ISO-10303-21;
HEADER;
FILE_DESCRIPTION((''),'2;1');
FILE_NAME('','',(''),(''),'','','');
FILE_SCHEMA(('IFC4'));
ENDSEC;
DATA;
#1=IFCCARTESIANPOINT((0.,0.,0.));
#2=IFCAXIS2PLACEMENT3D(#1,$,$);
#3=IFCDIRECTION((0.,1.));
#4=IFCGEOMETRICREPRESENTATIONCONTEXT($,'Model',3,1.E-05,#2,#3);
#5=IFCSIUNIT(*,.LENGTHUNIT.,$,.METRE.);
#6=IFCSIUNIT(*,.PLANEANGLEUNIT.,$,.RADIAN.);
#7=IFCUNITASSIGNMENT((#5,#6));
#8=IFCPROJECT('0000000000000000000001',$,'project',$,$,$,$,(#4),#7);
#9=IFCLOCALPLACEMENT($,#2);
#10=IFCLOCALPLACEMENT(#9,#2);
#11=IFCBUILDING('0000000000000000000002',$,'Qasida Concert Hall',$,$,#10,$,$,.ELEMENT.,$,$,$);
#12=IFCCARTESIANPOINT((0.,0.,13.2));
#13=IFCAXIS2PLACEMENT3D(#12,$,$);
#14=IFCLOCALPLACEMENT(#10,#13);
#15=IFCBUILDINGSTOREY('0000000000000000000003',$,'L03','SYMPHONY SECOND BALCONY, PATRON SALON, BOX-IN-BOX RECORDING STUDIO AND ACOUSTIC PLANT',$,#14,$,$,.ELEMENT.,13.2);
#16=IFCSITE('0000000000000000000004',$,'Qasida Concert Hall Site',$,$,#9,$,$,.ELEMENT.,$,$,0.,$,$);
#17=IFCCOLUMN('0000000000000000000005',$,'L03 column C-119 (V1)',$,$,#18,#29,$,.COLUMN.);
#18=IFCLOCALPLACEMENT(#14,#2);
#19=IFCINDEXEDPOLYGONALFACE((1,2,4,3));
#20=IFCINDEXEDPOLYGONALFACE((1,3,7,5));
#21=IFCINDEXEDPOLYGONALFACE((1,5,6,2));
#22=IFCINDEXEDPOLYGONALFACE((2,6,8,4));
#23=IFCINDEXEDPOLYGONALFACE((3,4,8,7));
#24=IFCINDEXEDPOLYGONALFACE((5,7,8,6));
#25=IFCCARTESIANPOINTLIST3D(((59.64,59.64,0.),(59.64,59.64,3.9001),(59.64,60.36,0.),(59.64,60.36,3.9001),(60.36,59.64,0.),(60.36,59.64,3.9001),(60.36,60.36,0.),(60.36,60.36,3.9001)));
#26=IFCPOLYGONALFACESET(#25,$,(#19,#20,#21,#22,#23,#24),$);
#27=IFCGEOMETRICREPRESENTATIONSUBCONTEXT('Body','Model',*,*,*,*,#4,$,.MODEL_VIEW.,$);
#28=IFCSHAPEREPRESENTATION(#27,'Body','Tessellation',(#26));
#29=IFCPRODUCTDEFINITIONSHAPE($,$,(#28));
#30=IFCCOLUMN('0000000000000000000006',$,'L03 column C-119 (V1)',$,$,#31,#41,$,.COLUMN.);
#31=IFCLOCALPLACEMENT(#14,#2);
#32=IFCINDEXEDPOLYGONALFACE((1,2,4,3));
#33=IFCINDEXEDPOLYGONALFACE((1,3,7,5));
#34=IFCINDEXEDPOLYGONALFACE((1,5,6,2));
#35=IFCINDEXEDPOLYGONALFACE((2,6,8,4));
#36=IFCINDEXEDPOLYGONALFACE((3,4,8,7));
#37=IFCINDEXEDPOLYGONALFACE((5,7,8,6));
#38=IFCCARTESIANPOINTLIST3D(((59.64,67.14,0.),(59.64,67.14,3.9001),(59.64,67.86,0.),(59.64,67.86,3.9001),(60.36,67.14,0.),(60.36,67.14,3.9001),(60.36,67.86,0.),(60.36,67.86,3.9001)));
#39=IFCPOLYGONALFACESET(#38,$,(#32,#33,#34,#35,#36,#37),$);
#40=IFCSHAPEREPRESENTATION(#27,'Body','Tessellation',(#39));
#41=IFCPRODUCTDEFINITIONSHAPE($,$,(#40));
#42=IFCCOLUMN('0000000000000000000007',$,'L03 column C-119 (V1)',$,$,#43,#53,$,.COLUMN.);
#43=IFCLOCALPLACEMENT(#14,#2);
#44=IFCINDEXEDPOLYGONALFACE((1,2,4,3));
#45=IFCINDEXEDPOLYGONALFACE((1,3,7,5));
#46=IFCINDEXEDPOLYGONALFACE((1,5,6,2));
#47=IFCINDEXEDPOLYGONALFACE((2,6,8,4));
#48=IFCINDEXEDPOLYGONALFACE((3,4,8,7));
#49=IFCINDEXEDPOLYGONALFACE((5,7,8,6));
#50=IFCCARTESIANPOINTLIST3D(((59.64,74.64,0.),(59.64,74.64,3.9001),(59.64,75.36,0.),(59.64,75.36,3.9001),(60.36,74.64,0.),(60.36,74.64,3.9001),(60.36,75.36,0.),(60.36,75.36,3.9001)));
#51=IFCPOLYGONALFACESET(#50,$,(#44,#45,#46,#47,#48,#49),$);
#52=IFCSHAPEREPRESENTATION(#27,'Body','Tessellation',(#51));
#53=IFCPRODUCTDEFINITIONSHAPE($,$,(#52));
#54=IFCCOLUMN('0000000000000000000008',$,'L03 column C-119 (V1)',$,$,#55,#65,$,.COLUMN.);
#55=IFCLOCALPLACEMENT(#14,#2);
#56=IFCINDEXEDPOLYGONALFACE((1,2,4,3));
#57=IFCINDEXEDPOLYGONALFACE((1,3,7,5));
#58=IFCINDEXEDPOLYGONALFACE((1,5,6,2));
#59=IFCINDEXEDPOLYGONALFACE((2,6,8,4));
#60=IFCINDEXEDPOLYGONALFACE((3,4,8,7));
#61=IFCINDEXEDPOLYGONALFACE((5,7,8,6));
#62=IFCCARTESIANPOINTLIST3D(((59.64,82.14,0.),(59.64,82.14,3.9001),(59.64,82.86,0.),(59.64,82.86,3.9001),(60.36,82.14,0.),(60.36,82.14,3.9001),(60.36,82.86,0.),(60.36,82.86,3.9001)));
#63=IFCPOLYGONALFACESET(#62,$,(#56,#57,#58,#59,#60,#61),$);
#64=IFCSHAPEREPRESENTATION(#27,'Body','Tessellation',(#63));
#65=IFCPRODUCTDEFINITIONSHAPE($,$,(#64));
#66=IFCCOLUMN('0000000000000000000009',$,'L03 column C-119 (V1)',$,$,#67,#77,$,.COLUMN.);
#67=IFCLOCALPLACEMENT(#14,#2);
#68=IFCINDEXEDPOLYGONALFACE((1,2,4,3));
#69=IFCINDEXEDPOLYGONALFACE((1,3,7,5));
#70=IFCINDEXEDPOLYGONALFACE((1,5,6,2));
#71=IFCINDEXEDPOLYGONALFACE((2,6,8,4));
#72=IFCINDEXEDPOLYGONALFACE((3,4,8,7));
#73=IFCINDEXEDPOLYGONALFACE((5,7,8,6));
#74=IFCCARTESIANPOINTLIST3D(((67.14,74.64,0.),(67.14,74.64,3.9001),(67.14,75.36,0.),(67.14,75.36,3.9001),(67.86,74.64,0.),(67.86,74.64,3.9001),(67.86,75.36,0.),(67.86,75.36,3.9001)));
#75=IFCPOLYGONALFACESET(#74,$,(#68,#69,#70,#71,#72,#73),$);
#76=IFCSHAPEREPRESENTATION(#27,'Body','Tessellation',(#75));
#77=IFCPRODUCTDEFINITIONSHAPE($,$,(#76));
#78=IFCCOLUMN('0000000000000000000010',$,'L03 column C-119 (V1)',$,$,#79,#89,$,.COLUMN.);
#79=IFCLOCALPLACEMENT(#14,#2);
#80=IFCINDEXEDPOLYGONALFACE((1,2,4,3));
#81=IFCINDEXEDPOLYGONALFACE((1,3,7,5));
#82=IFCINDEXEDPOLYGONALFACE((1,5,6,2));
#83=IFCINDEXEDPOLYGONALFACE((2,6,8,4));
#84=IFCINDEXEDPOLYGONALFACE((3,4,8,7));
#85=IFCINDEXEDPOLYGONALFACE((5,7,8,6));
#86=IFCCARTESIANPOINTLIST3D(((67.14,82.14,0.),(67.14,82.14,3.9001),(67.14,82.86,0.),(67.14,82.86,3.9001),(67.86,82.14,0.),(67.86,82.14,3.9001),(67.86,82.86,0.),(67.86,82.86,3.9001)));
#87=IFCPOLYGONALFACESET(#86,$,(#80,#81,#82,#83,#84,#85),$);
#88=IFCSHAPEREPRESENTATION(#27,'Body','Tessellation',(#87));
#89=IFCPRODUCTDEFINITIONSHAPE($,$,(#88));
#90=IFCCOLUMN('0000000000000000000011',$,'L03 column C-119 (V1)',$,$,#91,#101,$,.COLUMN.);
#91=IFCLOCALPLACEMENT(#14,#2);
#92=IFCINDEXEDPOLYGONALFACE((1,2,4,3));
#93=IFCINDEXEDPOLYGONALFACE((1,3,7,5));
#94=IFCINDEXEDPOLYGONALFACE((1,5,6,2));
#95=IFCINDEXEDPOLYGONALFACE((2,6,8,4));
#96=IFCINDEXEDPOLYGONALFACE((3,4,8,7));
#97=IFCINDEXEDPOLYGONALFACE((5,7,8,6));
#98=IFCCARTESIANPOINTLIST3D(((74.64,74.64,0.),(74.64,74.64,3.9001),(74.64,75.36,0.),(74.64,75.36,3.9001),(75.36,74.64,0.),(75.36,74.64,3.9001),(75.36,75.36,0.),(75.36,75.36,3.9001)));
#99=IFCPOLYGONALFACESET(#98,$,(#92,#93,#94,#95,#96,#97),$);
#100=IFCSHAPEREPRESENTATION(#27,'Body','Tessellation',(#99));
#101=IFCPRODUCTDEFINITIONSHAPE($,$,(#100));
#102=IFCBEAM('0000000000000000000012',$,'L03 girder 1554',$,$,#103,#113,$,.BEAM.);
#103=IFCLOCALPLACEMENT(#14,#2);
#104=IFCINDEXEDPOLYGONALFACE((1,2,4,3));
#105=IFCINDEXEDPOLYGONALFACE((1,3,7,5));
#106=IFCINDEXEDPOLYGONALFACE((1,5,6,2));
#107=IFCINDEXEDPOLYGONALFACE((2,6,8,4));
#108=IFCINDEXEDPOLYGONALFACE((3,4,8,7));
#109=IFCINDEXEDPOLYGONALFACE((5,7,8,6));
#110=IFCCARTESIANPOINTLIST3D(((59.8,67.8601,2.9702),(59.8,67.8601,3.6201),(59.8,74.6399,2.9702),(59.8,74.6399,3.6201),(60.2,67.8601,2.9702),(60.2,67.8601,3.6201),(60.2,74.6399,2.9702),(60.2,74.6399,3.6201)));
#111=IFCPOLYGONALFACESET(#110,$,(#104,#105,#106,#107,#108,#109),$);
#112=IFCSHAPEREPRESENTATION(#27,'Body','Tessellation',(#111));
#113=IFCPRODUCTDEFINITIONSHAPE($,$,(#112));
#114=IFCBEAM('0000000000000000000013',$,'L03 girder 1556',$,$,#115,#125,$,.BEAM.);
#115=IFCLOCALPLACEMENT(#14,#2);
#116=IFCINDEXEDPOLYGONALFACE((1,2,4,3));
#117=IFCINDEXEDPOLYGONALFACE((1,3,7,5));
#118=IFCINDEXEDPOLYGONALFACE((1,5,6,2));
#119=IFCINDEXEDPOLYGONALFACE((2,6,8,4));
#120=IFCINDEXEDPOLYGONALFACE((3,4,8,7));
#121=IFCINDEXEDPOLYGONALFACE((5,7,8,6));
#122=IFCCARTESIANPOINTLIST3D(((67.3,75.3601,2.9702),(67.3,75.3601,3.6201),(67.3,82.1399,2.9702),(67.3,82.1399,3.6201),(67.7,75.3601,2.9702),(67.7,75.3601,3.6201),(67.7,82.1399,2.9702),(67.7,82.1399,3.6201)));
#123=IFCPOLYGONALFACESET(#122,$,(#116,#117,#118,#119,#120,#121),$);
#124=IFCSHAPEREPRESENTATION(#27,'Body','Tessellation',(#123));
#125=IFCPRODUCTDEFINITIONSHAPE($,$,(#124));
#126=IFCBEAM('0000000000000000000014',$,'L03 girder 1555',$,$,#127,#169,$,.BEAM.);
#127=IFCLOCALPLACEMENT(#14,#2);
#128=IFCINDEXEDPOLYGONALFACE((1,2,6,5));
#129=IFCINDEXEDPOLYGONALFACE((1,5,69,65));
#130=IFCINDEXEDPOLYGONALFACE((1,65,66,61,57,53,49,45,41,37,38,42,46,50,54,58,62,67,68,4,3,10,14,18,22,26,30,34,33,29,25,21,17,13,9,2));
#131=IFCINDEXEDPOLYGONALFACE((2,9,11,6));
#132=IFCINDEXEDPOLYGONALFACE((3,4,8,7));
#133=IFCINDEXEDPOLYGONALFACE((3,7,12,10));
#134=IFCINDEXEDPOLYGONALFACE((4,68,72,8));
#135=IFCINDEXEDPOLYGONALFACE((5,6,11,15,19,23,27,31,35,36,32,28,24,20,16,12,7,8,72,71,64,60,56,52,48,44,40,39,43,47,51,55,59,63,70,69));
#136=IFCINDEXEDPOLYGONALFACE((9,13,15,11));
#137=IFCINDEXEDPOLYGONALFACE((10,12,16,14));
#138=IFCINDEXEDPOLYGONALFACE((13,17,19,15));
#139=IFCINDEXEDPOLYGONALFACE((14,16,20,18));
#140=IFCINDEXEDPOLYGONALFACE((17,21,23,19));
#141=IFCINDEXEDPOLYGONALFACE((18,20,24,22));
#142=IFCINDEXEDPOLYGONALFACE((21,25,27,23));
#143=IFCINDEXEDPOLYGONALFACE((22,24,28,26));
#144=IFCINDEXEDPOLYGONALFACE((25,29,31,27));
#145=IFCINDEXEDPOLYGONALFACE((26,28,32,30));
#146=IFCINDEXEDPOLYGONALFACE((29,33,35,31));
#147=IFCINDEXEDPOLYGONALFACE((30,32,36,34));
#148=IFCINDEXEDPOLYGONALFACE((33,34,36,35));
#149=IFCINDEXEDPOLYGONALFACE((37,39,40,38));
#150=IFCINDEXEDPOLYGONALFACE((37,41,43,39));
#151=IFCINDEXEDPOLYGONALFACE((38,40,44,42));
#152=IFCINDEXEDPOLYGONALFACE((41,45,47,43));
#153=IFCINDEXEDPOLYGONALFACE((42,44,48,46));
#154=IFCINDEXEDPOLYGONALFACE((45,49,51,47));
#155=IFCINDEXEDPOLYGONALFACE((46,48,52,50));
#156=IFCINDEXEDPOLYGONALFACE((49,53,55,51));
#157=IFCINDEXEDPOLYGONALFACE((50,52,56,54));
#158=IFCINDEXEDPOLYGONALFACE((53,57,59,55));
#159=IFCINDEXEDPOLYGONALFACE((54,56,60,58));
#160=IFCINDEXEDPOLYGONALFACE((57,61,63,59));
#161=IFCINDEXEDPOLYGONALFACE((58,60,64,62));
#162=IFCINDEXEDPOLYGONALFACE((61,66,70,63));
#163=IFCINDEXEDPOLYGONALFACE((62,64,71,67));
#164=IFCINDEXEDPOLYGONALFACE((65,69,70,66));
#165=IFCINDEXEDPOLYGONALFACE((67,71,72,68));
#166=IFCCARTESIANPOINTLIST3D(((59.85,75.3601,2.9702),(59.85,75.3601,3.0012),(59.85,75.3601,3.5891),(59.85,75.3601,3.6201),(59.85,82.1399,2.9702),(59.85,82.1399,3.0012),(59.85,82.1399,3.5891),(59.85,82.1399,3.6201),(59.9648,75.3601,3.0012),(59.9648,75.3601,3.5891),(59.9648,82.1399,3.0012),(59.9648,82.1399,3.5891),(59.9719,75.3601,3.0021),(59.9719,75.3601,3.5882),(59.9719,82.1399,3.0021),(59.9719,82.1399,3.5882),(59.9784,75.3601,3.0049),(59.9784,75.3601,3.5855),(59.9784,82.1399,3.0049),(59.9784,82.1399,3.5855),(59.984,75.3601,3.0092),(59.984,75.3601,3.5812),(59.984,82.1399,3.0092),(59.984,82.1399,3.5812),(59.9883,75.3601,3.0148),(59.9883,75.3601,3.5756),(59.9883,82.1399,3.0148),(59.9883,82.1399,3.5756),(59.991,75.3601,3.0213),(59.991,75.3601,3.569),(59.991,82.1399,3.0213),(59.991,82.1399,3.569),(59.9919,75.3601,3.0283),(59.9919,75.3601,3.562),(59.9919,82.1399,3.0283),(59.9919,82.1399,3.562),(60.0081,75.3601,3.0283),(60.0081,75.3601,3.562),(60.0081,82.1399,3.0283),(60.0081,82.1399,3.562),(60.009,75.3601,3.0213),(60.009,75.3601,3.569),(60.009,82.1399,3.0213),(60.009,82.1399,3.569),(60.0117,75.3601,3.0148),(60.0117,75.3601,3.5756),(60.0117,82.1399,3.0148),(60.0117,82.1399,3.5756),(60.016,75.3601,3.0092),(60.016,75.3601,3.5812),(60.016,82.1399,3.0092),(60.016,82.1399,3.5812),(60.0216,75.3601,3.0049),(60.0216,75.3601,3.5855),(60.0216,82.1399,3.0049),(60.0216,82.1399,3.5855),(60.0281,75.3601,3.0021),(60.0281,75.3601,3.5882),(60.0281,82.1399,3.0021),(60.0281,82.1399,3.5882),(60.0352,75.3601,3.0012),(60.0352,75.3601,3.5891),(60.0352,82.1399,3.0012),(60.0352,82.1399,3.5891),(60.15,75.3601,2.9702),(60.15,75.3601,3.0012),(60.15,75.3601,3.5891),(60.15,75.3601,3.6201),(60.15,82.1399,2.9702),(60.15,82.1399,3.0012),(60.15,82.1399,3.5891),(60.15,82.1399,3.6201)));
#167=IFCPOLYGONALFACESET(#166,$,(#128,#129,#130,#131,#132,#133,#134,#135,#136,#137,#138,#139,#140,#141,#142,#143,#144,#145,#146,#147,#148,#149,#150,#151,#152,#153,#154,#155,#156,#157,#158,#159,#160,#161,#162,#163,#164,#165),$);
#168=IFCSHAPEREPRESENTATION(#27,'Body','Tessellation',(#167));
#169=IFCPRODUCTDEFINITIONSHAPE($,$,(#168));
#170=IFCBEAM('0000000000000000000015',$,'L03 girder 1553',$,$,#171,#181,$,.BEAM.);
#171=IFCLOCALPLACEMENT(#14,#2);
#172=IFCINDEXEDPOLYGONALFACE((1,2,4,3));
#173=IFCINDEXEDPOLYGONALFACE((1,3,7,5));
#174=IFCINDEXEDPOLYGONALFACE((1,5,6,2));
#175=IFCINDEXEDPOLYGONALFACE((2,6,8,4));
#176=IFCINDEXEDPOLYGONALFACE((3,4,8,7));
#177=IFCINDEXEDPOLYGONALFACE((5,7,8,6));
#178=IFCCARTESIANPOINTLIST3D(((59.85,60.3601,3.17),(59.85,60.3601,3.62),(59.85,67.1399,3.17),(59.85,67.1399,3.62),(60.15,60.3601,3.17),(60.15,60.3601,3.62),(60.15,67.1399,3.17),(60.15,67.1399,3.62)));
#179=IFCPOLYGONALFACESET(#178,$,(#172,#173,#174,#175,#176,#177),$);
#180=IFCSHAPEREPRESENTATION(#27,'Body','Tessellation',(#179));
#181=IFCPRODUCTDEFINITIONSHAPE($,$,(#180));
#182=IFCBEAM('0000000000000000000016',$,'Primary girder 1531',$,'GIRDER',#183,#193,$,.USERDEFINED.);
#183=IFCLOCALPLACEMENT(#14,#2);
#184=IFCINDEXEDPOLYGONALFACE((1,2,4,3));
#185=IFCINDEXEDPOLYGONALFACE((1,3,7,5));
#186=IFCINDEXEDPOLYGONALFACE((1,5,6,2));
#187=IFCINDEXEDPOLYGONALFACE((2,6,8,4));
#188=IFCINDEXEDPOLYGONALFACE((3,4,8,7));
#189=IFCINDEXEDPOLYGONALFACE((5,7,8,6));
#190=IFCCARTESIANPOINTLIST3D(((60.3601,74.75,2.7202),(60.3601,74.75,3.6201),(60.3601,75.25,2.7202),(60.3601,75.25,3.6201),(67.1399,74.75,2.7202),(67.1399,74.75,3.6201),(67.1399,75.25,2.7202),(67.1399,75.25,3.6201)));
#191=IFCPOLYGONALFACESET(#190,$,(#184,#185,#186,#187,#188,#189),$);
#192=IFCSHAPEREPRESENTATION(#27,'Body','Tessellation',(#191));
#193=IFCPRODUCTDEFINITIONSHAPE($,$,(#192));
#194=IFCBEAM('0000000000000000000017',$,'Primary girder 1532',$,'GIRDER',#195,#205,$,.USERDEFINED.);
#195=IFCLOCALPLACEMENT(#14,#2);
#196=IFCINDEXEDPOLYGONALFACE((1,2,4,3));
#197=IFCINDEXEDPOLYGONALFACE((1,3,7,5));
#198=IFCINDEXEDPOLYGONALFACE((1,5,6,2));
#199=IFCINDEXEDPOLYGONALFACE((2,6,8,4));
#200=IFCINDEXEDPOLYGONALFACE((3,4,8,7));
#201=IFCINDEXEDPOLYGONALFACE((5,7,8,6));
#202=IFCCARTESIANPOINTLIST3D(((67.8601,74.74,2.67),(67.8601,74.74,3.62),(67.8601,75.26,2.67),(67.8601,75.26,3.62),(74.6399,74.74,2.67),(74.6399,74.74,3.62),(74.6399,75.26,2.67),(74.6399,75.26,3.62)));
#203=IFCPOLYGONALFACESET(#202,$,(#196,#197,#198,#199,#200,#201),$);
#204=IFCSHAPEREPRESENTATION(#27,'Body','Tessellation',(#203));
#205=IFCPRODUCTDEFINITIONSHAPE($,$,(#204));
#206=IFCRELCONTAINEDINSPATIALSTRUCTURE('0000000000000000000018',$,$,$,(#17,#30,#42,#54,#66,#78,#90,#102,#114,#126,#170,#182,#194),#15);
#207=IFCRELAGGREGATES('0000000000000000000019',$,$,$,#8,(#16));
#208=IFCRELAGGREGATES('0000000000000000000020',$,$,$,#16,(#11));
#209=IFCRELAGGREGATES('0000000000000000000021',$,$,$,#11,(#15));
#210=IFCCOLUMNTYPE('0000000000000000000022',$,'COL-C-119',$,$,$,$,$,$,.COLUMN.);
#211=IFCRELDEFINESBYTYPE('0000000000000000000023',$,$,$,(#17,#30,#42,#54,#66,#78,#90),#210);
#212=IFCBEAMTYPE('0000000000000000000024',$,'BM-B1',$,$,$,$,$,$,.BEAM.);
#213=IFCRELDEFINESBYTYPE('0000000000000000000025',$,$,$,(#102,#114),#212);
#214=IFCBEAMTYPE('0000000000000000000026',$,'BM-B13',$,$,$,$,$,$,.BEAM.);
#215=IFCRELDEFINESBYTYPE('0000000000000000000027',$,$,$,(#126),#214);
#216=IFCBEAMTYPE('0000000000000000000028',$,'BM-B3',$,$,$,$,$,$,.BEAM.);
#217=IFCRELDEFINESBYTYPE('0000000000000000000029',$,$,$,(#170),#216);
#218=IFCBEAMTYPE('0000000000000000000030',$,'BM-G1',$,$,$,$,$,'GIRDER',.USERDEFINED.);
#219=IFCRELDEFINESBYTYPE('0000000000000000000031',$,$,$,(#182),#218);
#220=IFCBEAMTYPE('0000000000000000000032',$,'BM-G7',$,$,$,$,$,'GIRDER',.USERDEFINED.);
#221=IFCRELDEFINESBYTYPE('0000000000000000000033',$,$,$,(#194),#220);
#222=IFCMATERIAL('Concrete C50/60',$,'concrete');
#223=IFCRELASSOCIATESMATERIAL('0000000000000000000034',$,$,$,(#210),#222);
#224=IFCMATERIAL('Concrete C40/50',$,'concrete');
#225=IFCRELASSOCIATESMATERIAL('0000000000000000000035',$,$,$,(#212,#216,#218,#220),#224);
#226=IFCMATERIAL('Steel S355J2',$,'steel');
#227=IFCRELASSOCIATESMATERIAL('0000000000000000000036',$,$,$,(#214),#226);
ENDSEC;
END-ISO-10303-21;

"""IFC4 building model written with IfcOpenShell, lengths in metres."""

from ifc_helpers import new_model, si_unit, direction, frame, origin, origin_2d, place, context, subcontext, project, spatial, rectangle, i_section, extrude, material, material_profile, profile_set, type_object, element, save


model = new_model("IFC4")

# Units and contexts
model_context = context("Model", 3, precision=1e-05, world=origin(), true_north=direction((0.0, 1.0)))
body_context = subcontext(model_context, "Body", "Model", "MODEL_VIEW")
ifc_project = project(units=[si_unit("LENGTHUNIT", "METRE"), si_unit("PLANEANGLEUNIT", "RADIAN")], contexts=[model_context])

# Site, building, storey
site_placement = place(None, origin())
site = spatial("IfcSite", under=ifc_project, at=site_placement, Name="Qasida Concert Hall Site", CompositionType="ELEMENT", RefElevation=0.0)
building_placement = place(site_placement, origin())
building = spatial("IfcBuilding", under=site, at=building_placement, Name="Qasida Concert Hall", CompositionType="ELEMENT")
storey_placement = place(building_placement, frame((0.0, 0.0, 13.2)))
storey = spatial("IfcBuildingStorey", under=building, at=storey_placement, Name="L03", Description="SYMPHONY SECOND BALCONY, PATRON SALON, BOX-IN-BOX RECORDING STUDIO AND ACOUSTIC PLANT", CompositionType="ELEMENT", Elevation=13.2)

# Columns
ifc_material_1 = material(Name="Concrete C50/60", Category="concrete")
ifc_material_profile_1 = material_profile(ifc_material_1, rectangle(XDim=0.72, YDim=0.72, at=origin_2d()), Name="RC 720x720")
ifc_profile_set_1 = profile_set([ifc_material_profile_1], Name="Concrete C50/60")
column_type = type_object("IfcColumnType", Name="COL-C-119", PredefinedType="COLUMN", material=ifc_profile_set_1)
for number, where, z_axis, x_axis, name in (
    (1, (60.0, 60.0, 0.0), (0.0, 0.0, 1.0), (1.0, 0.0, 0.0), "L03 column C-119 (V1)"),
    (2, (60.0, 67.5, 0.0), (0.0, 0.0, 1.0), (1.0, 0.0, 0.0), "L03 column C-119 (V1)"),
    (3, (60.0, 75.0, 0.0), (0.0, 0.0, 1.0), (1.0, 0.0, 0.0), "L03 column C-119 (V1)"),
    (4, (60.0, 82.5, 0.0), (0.0, 0.0, 1.0), (1.0, 0.0, 0.0), "L03 column C-119 (V1)"),
    (5, (67.5, 75.0, 0.0), (0.0, 0.0, 1.0), (1.0, 0.0, 0.0), "L03 column C-119 (V1)"),
    (6, (67.5, 82.5, 0.0), (0.0, 0.0, 1.0), (1.0, 0.0, 0.0), "L03 column C-119 (V1)"),
    (7, (75.0, 75.0, 0.0), (0.0, 0.0, 1.0), (1.0, 0.0, 0.0), "L03 column C-119 (V1)"),
):
    element("IfcColumn", number, at=place(storey_placement, frame(where, z_axis=z_axis, x_axis=x_axis)), inside=storey, type_object=column_type, Name=name, PredefinedType="COLUMN", context=body_context, shape_type="SweptSolid", body=[
        extrude(rectangle(XDim=0.72, YDim=0.72, at=origin_2d()), origin(), (0.0, 0.0, 1.0), 3.9001),
    ])

# Beams
ifc_material_2 = material(Name="Concrete C40/50", Category="concrete")
ifc_material_profile_2 = material_profile(ifc_material_2, rectangle(XDim=0.3999, YDim=0.6499, at=origin_2d()), Name="RC 400x650")
ifc_profile_set_2 = profile_set([ifc_material_profile_2], Name="Concrete C40/50")
beam_type_1 = type_object("IfcBeamType", Name="BM-B1", PredefinedType="BEAM", material=ifc_profile_set_2)
for number, where, z_axis, x_axis, name in (
    (8, (60.0, 67.8601, 3.2952), (0.0, 1.0, 0.0), (-1.0, 0.0, 0.0), "L03 girder 1554"),
    (9, (67.5, 75.3601, 3.2952), (0.0, 1.0, 0.0), (-1.0, 0.0, 0.0), "L03 girder 1556"),
):
    element("IfcBeam", number, at=place(storey_placement, frame(where, z_axis=z_axis, x_axis=x_axis)), inside=storey, type_object=beam_type_1, Name=name, PredefinedType="BEAM", context=body_context, shape_type="SweptSolid", body=[
        extrude(rectangle(XDim=0.3999, YDim=0.6499, at=origin_2d()), origin(), (0.0, 0.0, 1.0), 6.7798),
    ])
ifc_material_3 = material(Name="Steel S355J2", Category="steel")
ifc_material_profile_3 = material_profile(ifc_material_3, i_section(OverallWidth=0.3, OverallDepth=0.6499, WebThickness=0.0161, FlangeThickness=0.031, FilletRadius=0.0271, at=origin_2d()), Name="HEB 650")
ifc_profile_set_3 = profile_set([ifc_material_profile_3], Name="Steel S355J2")
beam_type_2 = type_object("IfcBeamType", Name="BM-B13", PredefinedType="BEAM", material=ifc_profile_set_3)
beam_1_placement = place(storey_placement, frame((60.0, 75.3601, 3.2952), z_axis=(0.0, 1.0, 0.0), x_axis=(-1.0, 0.0, 0.0)))
element("IfcBeam", 10, at=beam_1_placement, inside=storey, type_object=beam_type_2, Name="L03 girder 1555", PredefinedType="BEAM", context=body_context, shape_type="SweptSolid", body=[
    extrude(i_section(OverallWidth=0.3, OverallDepth=0.6499, WebThickness=0.0161, FlangeThickness=0.031, FilletRadius=0.0271, at=origin_2d()), origin(), (0.0, 0.0, 1.0), 6.7798),
])
ifc_material_profile_4 = material_profile(ifc_material_2, rectangle(XDim=0.3, YDim=0.45, at=origin_2d()), Name="RC 300x450")
ifc_profile_set_4 = profile_set([ifc_material_profile_4], Name="Concrete C40/50")
beam_type_3 = type_object("IfcBeamType", Name="BM-B3", PredefinedType="BEAM", material=ifc_profile_set_4)
beam_2_placement = place(storey_placement, frame((60.0, 60.3601, 3.395), z_axis=(0.0, 1.0, 0.0), x_axis=(-1.0, 0.0, 0.0)))
element("IfcBeam", 11, at=beam_2_placement, inside=storey, type_object=beam_type_3, Name="L03 girder 1553", PredefinedType="BEAM", context=body_context, shape_type="SweptSolid", body=[
    extrude(rectangle(XDim=0.3, YDim=0.45, at=origin_2d()), origin(), (0.0, 0.0, 1.0), 6.7798),
])
ifc_material_profile_5 = material_profile(ifc_material_2, rectangle(XDim=0.5, YDim=0.8999, at=origin_2d()), Name="RC 500x900")
ifc_profile_set_5 = profile_set([ifc_material_profile_5], Name="Concrete C40/50")
beam_type_4 = type_object("IfcBeamType", Name="BM-G1", ElementType="GIRDER", PredefinedType="USERDEFINED", material=ifc_profile_set_5)
beam_3_placement = place(storey_placement, frame((60.3601, 75.0, 3.1702), z_axis=(1.0, 0.0, 0.0), x_axis=(0.0, 1.0, 0.0)))
element("IfcBeam", 12, at=beam_3_placement, inside=storey, type_object=beam_type_4, Name="Primary girder 1531", ObjectType="GIRDER", PredefinedType="USERDEFINED", context=body_context, shape_type="SweptSolid", body=[
    extrude(rectangle(XDim=0.5, YDim=0.8999, at=origin_2d()), origin(), (0.0, 0.0, 1.0), 6.7798),
])
ifc_material_profile_6 = material_profile(ifc_material_2, rectangle(XDim=0.52, YDim=0.95, at=origin_2d()), Name="RC 520x950")
ifc_profile_set_6 = profile_set([ifc_material_profile_6], Name="Concrete C40/50")
beam_type_5 = type_object("IfcBeamType", Name="BM-G7", ElementType="GIRDER", PredefinedType="USERDEFINED", material=ifc_profile_set_6)
beam_4_placement = place(storey_placement, frame((67.8601, 75.0, 3.145), z_axis=(1.0, 0.0, 0.0), x_axis=(0.0, 1.0, 0.0)))
element("IfcBeam", 13, at=beam_4_placement, inside=storey, type_object=beam_type_5, Name="Primary girder 1532", ObjectType="GIRDER", PredefinedType="USERDEFINED", context=body_context, shape_type="SweptSolid", body=[
    extrude(rectangle(XDim=0.52, YDim=0.95, at=origin_2d()), origin(), (0.0, 0.0, 1.0), 6.7798),
])

save(model, "model.ifc")
